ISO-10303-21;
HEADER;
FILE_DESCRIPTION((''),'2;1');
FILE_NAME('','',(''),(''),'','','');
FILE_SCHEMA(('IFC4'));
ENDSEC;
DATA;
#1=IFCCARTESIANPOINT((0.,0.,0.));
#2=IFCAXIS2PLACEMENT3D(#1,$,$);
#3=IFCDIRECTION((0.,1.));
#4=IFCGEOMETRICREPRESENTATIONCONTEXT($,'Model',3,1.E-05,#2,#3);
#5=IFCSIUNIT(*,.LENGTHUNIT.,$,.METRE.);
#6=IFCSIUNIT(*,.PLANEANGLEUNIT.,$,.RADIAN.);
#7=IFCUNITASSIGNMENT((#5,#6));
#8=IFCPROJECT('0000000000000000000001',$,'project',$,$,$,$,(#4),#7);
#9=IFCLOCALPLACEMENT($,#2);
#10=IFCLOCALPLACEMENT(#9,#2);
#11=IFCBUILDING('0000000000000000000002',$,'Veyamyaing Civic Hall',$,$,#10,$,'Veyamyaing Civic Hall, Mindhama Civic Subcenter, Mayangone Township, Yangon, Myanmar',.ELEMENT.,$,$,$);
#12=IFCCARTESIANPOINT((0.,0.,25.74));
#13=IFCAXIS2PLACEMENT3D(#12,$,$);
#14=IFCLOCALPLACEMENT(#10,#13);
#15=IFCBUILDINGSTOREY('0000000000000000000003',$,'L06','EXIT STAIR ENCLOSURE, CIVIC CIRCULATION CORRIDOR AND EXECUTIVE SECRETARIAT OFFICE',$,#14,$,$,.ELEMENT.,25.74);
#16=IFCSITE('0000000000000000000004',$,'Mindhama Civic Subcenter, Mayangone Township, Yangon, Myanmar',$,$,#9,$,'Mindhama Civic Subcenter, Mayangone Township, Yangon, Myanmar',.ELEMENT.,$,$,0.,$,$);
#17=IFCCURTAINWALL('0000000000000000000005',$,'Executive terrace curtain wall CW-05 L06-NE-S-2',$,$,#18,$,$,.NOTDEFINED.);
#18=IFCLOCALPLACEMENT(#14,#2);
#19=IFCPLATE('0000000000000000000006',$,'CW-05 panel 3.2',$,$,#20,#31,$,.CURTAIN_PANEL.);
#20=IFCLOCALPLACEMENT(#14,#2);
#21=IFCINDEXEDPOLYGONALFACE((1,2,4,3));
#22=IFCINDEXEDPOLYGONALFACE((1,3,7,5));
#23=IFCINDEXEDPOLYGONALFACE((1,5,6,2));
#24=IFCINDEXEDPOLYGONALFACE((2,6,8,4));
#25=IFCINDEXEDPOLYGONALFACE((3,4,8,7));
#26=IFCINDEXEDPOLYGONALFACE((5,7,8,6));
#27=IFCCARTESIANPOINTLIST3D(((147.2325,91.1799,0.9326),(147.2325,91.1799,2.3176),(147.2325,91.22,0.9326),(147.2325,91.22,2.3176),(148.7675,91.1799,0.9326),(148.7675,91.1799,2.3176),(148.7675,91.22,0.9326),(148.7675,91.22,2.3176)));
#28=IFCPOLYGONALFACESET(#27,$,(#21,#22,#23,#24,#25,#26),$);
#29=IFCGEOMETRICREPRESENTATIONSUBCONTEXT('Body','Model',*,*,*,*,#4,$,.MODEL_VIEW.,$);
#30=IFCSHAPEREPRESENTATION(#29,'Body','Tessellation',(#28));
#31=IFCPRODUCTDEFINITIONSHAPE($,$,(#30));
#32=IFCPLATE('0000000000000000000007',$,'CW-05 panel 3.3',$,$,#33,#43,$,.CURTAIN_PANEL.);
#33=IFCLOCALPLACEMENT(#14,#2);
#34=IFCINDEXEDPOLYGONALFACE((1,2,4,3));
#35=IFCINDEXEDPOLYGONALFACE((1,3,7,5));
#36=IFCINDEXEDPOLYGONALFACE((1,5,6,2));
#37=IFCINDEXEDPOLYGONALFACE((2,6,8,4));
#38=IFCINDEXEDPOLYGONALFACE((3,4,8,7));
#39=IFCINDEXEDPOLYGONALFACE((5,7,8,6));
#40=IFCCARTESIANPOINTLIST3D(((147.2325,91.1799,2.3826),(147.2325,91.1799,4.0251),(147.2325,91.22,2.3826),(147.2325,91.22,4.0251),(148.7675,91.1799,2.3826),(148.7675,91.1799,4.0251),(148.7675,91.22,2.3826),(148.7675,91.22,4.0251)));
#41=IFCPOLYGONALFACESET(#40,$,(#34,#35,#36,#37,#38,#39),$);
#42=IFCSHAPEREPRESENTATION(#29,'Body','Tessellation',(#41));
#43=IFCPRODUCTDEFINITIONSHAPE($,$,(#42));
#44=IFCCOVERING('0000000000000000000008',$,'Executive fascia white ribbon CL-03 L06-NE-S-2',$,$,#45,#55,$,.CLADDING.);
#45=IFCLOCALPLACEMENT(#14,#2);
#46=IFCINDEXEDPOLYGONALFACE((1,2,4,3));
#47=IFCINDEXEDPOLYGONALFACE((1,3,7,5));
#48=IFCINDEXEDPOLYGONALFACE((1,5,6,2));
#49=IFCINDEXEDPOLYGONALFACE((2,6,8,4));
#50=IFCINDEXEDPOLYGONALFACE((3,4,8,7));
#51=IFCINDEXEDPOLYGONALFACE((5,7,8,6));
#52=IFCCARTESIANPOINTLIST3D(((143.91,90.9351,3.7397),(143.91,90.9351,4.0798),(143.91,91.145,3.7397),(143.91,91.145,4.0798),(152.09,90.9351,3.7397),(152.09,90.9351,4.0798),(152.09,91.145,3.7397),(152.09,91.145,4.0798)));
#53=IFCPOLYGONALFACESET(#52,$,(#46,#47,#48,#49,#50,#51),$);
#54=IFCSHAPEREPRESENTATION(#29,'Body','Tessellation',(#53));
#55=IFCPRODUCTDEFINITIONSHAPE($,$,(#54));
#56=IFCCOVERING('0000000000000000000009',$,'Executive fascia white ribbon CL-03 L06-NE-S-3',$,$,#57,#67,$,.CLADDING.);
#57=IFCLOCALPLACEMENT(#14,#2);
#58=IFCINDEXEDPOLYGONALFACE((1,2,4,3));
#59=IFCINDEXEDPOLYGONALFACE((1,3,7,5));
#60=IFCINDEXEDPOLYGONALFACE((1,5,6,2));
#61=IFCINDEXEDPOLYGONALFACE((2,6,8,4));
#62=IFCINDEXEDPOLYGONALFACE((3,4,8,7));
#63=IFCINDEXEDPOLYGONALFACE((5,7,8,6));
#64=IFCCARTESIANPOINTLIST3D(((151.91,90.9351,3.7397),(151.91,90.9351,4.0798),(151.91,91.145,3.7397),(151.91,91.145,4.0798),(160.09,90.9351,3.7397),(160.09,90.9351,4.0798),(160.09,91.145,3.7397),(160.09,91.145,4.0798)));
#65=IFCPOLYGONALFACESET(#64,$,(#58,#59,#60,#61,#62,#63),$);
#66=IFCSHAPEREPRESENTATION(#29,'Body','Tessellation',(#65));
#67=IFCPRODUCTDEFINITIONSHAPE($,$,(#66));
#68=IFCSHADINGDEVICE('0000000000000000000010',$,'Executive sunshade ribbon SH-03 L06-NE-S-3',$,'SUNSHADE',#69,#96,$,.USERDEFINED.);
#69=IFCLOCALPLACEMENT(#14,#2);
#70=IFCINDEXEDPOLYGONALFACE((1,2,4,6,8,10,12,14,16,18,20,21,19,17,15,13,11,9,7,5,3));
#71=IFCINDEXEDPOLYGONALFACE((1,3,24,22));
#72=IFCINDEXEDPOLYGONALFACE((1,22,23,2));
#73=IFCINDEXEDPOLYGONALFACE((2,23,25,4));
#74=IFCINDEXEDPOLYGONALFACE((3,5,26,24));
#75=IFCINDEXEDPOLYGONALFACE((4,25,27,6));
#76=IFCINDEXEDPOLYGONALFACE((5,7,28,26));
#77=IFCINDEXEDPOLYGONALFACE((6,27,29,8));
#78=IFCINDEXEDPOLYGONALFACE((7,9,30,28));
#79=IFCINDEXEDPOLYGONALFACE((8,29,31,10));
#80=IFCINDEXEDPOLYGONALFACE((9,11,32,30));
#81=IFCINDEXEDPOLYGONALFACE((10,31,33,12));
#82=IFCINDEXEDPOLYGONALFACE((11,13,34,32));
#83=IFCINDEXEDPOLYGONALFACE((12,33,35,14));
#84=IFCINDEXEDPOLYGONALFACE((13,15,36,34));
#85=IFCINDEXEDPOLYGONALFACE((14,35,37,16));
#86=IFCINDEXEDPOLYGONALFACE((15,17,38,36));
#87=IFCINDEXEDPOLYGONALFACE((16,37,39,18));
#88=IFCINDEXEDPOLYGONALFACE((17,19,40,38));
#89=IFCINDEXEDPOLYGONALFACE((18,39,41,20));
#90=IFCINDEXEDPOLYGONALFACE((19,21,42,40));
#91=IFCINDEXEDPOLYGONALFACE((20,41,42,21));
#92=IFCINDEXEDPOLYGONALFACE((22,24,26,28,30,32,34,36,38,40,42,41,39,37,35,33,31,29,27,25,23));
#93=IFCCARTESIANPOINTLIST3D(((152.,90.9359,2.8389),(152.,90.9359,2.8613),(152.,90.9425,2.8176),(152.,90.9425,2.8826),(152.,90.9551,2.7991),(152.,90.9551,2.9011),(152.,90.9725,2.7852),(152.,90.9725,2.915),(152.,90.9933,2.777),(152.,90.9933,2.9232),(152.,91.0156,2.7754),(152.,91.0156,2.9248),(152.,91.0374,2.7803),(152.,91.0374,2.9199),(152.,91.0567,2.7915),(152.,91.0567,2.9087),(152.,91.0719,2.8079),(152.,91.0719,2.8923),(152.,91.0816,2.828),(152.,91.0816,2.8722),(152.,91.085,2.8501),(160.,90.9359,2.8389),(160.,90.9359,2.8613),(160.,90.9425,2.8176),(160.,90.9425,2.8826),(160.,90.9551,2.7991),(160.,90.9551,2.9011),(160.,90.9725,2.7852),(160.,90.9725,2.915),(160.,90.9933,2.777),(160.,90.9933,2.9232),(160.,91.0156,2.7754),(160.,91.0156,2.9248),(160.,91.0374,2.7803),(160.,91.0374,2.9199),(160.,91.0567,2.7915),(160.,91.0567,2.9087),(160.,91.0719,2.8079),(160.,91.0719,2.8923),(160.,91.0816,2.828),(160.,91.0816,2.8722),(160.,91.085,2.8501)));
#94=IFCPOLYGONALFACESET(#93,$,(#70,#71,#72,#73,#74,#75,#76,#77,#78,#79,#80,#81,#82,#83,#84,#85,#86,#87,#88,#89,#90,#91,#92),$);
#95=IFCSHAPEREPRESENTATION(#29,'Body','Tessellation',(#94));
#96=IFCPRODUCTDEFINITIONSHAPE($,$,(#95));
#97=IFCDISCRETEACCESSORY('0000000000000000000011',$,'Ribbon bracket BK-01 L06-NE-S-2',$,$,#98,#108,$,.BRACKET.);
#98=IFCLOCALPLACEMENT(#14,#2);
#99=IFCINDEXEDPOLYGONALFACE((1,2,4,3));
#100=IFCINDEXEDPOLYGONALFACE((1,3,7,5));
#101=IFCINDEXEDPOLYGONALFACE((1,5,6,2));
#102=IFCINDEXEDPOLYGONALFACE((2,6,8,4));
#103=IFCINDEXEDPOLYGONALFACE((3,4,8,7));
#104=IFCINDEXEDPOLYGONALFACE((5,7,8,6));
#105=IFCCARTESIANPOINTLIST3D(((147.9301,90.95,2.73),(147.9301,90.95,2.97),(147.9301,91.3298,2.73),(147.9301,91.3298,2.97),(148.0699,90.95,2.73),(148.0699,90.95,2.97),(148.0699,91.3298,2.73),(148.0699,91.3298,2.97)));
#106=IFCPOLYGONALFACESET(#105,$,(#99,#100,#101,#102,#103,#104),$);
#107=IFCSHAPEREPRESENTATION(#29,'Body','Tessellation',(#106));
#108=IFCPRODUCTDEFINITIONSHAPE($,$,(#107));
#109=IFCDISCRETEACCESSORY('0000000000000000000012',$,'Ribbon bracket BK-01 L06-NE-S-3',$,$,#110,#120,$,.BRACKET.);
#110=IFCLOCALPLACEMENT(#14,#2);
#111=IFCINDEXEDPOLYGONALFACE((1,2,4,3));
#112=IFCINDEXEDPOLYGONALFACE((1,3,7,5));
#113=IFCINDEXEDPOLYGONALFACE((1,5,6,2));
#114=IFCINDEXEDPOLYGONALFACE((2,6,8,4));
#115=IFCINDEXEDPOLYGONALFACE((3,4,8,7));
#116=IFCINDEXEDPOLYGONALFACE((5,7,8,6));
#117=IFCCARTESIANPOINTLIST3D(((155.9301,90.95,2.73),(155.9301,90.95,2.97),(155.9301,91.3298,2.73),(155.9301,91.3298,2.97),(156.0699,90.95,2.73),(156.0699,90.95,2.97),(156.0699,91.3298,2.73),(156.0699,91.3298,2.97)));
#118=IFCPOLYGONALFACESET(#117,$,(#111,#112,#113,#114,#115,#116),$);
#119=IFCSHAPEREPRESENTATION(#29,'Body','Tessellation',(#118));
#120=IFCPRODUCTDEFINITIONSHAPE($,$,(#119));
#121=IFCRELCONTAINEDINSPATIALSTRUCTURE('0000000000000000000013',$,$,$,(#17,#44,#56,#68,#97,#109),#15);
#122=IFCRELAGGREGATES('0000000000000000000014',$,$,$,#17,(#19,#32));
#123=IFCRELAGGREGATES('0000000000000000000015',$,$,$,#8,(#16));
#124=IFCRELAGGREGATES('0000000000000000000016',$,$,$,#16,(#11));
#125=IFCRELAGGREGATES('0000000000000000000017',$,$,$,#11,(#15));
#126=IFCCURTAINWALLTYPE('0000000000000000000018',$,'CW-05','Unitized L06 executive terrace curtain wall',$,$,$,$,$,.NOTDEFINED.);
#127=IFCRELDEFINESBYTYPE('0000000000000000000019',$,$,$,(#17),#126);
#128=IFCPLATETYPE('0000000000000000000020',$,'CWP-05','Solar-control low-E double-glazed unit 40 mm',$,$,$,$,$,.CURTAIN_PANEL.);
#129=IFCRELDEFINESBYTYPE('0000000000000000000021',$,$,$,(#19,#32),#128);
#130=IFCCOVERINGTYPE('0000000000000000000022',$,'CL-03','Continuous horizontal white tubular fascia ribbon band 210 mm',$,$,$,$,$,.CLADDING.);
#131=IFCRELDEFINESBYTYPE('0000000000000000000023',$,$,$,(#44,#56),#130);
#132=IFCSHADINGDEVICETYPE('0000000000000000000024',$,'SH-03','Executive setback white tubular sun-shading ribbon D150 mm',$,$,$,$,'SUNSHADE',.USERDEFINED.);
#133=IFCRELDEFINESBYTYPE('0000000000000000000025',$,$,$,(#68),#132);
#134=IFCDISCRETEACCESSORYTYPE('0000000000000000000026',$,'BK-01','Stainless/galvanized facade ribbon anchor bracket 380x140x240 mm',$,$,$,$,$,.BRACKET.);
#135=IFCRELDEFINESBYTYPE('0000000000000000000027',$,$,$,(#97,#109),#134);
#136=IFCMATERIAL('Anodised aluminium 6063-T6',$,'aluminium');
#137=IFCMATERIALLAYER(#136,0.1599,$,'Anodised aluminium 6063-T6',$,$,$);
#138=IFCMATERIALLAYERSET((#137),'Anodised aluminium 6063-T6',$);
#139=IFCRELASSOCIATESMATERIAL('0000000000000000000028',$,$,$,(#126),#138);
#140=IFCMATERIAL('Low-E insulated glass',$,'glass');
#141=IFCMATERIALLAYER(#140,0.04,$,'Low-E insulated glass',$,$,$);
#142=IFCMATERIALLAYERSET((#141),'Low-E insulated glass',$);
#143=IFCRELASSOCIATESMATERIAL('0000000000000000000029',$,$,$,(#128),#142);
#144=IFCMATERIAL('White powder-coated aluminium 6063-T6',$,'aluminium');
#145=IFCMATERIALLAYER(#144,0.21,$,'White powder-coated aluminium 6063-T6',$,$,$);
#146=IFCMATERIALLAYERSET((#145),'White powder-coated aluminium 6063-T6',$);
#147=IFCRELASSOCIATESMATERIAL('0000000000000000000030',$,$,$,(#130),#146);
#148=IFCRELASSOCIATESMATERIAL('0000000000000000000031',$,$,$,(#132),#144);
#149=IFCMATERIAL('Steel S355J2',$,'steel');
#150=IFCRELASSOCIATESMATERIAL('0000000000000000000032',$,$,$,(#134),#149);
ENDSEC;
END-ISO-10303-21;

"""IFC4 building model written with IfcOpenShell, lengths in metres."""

from ifc_helpers import new_model, si_unit, direction, frame, origin, origin_2d, place, context, subcontext, project, spatial, rectangle, circle, extrude, material, layer, layer_set, material_profile, profile_set, type_object, element, aggregate, save


model = new_model("IFC4")

# Units and contexts
model_context = context("Model", 3, precision=1e-05, world=origin(), true_north=direction((0.0, 1.0)))
body_context = subcontext(model_context, "Body", "Model", "MODEL_VIEW")
ifc_project = project(units=[si_unit("LENGTHUNIT", "METRE"), si_unit("PLANEANGLEUNIT", "RADIAN")], contexts=[model_context])

# Site, building, storey
site_placement = place(None, origin())
site = spatial("IfcSite", under=ifc_project, at=site_placement, Name="Mindhama Civic Subcenter, Mayangone Township, Yangon, Myanmar", LongName="Mindhama Civic Subcenter, Mayangone Township, Yangon, Myanmar", CompositionType="ELEMENT", RefElevation=0.0)
building_placement = place(site_placement, origin())
building = spatial("IfcBuilding", under=site, at=building_placement, Name="Veyamyaing Civic Hall", LongName="Veyamyaing Civic Hall, Mindhama Civic Subcenter, Mayangone Township, Yangon, Myanmar", CompositionType="ELEMENT")
storey_placement = place(building_placement, frame((0.0, 0.0, 25.74)))
storey = spatial("IfcBuildingStorey", under=building, at=storey_placement, Name="L06", Description="EXIT STAIR ENCLOSURE, CIVIC CIRCULATION CORRIDOR AND EXECUTIVE SECRETARIAT OFFICE", CompositionType="ELEMENT", Elevation=25.74)

# Curtain wall
ifc_material_1 = material(Name="Anodised aluminium 6063-T6", Category="aluminium")
ifc_layer_1 = layer(ifc_material_1, 0.1599, Name="Anodised aluminium 6063-T6")
ifc_layer_set_1 = layer_set([ifc_layer_1], Name="Anodised aluminium 6063-T6")
curtain_wall_type = type_object("IfcCurtainWallType", Name="CW-05", Description="Unitized L06 executive terrace curtain wall", PredefinedType="NOTDEFINED", material=ifc_layer_set_1)
curtain_wall_placement = place(storey_placement, origin())
curtain_wall = element("IfcCurtainWall", 1, at=curtain_wall_placement, inside=storey, type_object=curtain_wall_type, Name="Executive terrace curtain wall CW-05 L06-NE-S-2", PredefinedType="NOTDEFINED")

# Plates
ifc_material_2 = material(Name="Low-E insulated glass", Category="glass")
ifc_layer_2 = layer(ifc_material_2, 0.04, Name="Low-E insulated glass")
ifc_layer_set_2 = layer_set([ifc_layer_2], Name="Low-E insulated glass")
plate_type = type_object("IfcPlateType", Name="CWP-05", Description="Solar-control low-E double-glazed unit 40 mm", PredefinedType="CURTAIN_PANEL", material=ifc_layer_set_2)
plate_1_placement = place(storey_placement, frame((148.0, 91.2, 0.9326), z_axis=(0.0, 0.0, 1.0), x_axis=(1.0, 0.0, 0.0)))
plate_1 = element("IfcPlate", 2, at=plate_1_placement, type_object=plate_type, Name="CW-05 panel 3.2", PredefinedType="CURTAIN_PANEL", context=body_context, shape_type="SweptSolid", body=[
    extrude(rectangle(XDim=1.5349, YDim=0.04, at=origin_2d()), origin(), (0.0, 0.0, 1.0), 1.385),
])
plate_2_placement = place(storey_placement, frame((148.0, 91.2, 2.3826), z_axis=(0.0, 0.0, 1.0), x_axis=(1.0, 0.0, 0.0)))
plate_2 = element("IfcPlate", 3, at=plate_2_placement, type_object=plate_type, Name="CW-05 panel 3.3", PredefinedType="CURTAIN_PANEL", context=body_context, shape_type="SweptSolid", body=[
    extrude(rectangle(XDim=1.5349, YDim=0.04, at=origin_2d()), origin(), (0.0, 0.0, 1.0), 1.6426),
])
aggregate(curtain_wall, [plate_1, plate_2])

# Coverings
ifc_material_3 = material(Name="White powder-coated aluminium 6063-T6", Category="aluminium")
ifc_layer_3 = layer(ifc_material_3, 0.21, Name="White powder-coated aluminium 6063-T6")
ifc_layer_set_3 = layer_set([ifc_layer_3], Name="White powder-coated aluminium 6063-T6")
covering_type = type_object("IfcCoveringType", Name="CL-03", Description="Continuous horizontal white tubular fascia ribbon band 210 mm", PredefinedType="CLADDING", material=ifc_layer_set_3)
for number, where, z_axis, x_axis, name in (
    (4, (148.0, 91.04, 3.7397), (0.0, 0.0, 1.0), (1.0, 0.0, 0.0), "Executive fascia white ribbon CL-03 L06-NE-S-2"),
    (5, (156.0, 91.04, 3.7397), (0.0, 0.0, 1.0), (1.0, 0.0, 0.0), "Executive fascia white ribbon CL-03 L06-NE-S-3"),
):
    element("IfcCovering", number, at=place(storey_placement, frame(where, z_axis=z_axis, x_axis=x_axis)), inside=storey, type_object=covering_type, Name=name, PredefinedType="CLADDING", context=body_context, shape_type="SweptSolid", body=[
        extrude(rectangle(XDim=8.1799, YDim=0.21, at=origin_2d()), origin(), (0.0, 0.0, 1.0), 0.3401),
    ])

# Shading device
ifc_material_profile_1 = material_profile(ifc_material_3, circle(Radius=0.075, at=origin_2d()), Name="SHADE-TUBE-150")
ifc_profile_set_1 = profile_set([ifc_material_profile_1], Name="White powder-coated aluminium 6063-T6")
shading_device_type = type_object("IfcShadingDeviceType", Name="SH-03", Description="Executive setback white tubular sun-shading ribbon D150 mm", ElementType="SUNSHADE", PredefinedType="USERDEFINED", material=ifc_profile_set_1)
shading_device_placement = place(storey_placement, frame((152.0, 91.01, 2.8501), z_axis=(1.0, 0.0, 0.0), x_axis=(0.0, 1.0, 0.0)))
element("IfcShadingDevice", 6, at=shading_device_placement, inside=storey, type_object=shading_device_type, Name="Executive sunshade ribbon SH-03 L06-NE-S-3", ObjectType="SUNSHADE", PredefinedType="USERDEFINED", context=body_context, shape_type="SweptSolid", body=[
    extrude(circle(Radius=0.075, at=origin_2d()), origin(), (0.0, 0.0, 1.0), 8.0),
])

# Discrete accessories
ifc_material_4 = material(Name="Steel S355J2", Category="steel")
discrete_accessory_type = type_object("IfcDiscreteAccessoryType", Name="BK-01", Description="Stainless/galvanized facade ribbon anchor bracket 380x140x240 mm", PredefinedType="BRACKET", material=ifc_material_4)
for number, where, z_axis, x_axis, name in (
    (7, (148.0, 91.1399, 2.73), (0.0, 0.0, 1.0), (0.0, -1.0, 0.0), "Ribbon bracket BK-01 L06-NE-S-2"),
    (8, (156.0, 91.1399, 2.73), (0.0, 0.0, 1.0), (0.0, -1.0, 0.0), "Ribbon bracket BK-01 L06-NE-S-3"),
):
    element("IfcDiscreteAccessory", number, at=place(storey_placement, frame(where, z_axis=z_axis, x_axis=x_axis)), inside=storey, type_object=discrete_accessory_type, Name=name, PredefinedType="BRACKET", context=body_context, shape_type="SweptSolid", body=[
        extrude(rectangle(XDim=0.3799, YDim=0.1399, at=origin_2d()), origin(), (0.0, 0.0, 1.0), 0.24),
    ])

save(model, "model.ifc")
